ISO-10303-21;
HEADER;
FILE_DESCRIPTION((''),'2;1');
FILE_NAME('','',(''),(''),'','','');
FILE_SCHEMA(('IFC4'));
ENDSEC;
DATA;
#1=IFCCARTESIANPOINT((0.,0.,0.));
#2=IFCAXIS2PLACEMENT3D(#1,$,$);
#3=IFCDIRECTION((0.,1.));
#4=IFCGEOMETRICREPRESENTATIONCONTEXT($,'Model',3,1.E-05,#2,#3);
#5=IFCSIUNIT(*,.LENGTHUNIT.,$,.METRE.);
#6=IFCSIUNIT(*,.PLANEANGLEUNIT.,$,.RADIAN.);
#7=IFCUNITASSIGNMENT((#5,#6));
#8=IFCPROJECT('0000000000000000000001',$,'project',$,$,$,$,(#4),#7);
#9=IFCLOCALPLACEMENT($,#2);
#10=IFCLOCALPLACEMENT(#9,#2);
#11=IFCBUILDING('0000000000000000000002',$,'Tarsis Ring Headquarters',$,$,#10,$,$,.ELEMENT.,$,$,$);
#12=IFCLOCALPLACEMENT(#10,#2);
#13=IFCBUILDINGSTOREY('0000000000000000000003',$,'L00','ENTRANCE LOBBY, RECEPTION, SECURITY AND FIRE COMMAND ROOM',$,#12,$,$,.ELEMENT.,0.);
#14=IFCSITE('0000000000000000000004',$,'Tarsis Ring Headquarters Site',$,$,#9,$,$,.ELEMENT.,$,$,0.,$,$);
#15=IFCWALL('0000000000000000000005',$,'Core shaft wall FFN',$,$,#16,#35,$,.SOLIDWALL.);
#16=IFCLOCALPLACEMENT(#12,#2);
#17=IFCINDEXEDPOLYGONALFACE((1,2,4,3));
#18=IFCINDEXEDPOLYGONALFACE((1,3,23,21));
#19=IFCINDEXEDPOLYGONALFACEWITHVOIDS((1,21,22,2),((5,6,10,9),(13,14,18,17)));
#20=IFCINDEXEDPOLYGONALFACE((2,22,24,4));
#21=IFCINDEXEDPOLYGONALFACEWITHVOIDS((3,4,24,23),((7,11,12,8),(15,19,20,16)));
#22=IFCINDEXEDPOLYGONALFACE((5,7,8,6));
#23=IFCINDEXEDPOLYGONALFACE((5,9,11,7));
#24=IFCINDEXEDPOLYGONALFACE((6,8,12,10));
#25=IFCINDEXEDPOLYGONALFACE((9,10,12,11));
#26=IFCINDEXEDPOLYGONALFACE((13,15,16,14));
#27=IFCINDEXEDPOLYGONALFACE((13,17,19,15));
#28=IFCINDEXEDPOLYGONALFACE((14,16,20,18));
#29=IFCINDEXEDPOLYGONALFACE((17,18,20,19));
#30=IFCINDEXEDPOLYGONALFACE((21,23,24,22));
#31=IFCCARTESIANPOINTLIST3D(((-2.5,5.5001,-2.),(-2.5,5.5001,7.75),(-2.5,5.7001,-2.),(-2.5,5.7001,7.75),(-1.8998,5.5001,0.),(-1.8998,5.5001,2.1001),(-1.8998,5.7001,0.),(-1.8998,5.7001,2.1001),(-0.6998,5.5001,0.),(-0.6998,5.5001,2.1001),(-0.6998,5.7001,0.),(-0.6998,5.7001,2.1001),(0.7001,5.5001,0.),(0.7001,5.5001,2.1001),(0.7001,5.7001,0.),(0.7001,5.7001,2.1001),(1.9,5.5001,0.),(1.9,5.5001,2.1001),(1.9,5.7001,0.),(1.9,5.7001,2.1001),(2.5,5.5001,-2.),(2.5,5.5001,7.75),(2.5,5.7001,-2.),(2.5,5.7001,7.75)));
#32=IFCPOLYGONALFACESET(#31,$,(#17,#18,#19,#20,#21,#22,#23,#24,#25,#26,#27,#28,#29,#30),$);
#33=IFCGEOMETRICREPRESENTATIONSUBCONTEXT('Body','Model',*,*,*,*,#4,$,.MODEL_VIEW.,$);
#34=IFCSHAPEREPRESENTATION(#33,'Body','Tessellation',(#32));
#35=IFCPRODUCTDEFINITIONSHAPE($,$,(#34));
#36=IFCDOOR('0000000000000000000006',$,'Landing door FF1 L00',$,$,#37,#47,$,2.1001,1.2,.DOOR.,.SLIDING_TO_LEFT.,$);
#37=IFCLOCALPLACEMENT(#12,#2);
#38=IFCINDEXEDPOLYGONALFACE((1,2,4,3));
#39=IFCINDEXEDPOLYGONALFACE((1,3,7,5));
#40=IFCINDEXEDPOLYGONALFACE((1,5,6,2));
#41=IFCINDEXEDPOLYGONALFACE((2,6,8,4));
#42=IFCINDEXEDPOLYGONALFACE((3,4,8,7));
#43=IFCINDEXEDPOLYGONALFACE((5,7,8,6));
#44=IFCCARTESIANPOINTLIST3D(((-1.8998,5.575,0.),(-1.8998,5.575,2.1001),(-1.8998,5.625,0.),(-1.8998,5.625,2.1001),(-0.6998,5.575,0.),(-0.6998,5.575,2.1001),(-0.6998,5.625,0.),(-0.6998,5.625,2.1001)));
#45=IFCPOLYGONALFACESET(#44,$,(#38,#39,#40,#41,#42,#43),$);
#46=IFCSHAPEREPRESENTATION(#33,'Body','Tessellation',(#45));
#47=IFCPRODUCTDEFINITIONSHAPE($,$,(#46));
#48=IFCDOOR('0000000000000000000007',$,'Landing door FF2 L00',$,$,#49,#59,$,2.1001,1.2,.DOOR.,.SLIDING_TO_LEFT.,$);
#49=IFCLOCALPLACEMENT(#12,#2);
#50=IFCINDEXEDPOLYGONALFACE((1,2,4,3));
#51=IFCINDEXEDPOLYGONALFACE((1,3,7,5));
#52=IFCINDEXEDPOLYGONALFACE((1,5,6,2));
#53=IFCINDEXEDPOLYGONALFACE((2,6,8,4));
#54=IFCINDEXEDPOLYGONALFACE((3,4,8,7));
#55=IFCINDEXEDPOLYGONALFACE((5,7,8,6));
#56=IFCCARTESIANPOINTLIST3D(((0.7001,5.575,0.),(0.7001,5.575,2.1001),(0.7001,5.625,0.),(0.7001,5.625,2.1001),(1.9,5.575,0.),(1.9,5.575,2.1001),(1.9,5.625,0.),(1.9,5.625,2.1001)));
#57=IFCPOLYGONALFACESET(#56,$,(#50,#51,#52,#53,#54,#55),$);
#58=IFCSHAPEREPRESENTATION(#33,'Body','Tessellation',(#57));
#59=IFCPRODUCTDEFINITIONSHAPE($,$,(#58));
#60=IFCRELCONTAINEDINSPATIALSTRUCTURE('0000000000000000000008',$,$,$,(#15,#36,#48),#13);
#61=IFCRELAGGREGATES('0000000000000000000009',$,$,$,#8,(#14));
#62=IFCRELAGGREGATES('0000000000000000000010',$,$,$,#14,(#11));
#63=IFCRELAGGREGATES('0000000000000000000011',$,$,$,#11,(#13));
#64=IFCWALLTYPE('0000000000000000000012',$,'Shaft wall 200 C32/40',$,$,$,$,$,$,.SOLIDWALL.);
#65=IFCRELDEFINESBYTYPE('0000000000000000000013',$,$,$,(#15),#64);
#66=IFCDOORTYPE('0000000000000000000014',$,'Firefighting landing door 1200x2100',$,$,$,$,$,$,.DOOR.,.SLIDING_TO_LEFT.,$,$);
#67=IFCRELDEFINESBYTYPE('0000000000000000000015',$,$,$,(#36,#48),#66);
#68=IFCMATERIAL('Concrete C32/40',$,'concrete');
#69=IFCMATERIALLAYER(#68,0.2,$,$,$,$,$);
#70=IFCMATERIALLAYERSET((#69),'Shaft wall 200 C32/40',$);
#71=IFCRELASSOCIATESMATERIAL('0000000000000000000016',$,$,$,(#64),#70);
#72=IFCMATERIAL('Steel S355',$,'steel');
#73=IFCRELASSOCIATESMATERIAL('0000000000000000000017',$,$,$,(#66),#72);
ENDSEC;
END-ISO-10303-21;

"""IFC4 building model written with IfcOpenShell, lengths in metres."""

from ifc_helpers import new_model, si_unit, direction, frame, frame_2d, origin, place, context, subcontext, project, spatial, rectangle, extrude, material, layer, layer_set, type_object, element, fill, save


model = new_model("IFC4")

# Units and contexts
model_context = context("Model", 3, precision=1e-05, world=origin(), true_north=direction((0.0, 1.0)))
body_context = subcontext(model_context, "Body", "Model", "MODEL_VIEW")
ifc_project = project(units=[si_unit("LENGTHUNIT", "METRE"), si_unit("PLANEANGLEUNIT", "RADIAN")], contexts=[model_context])

# Site, building, storey
site_placement = place(None, origin())
site = spatial("IfcSite", under=ifc_project, at=site_placement, Name="Tarsis Ring Headquarters Site", CompositionType="ELEMENT", RefElevation=0.0)
building_placement = place(site_placement, origin())
building = spatial("IfcBuilding", under=site, at=building_placement, Name="Tarsis Ring Headquarters", CompositionType="ELEMENT")
storey_placement = place(building_placement, origin())
storey = spatial("IfcBuildingStorey", under=building, at=storey_placement, Name="L00", Description="ENTRANCE LOBBY, RECEPTION, SECURITY AND FIRE COMMAND ROOM", CompositionType="ELEMENT", Elevation=0.0)

# Shared definitions
ifc_material_1 = material(Name="Concrete C32/40", Category="concrete")
ifc_layer_1 = layer(ifc_material_1, 0.2)
ifc_layer_set_1 = layer_set([ifc_layer_1], Name="Shaft wall 200 C32/40")
wall_type = type_object("IfcWallType", Name="Shaft wall 200 C32/40", PredefinedType="SOLIDWALL", material=ifc_layer_set_1)
ifc_material_2 = material(Name="Steel S355", Category="steel")

# Wall, openings, doors
wall_1_placement = place(storey_placement, frame((-2.5, 5.6001, -2.0), z_axis=(0.0, 0.0, 1.0), x_axis=(1.0, 0.0, 0.0)))
wall_1 = element("IfcWall", 1, at=wall_1_placement, inside=storey, type_object=wall_type, Name="Core shaft wall FFN", PredefinedType="SOLIDWALL", context=body_context, shape_type="SweptSolid", body=[
    extrude(rectangle(XDim=5.0, YDim=0.2, at=frame_2d((2.5, 0.0))), origin(), (0.0, 0.0, 1.0), 9.75),
])
opening_1_placement = place(wall_1_placement, frame((0.6001, 0.0, 2.0)))
opening_1 = element("IfcOpeningElement", 2, at=opening_1_placement, cuts=wall_1, PredefinedType="OPENING", context=body_context, shape_type="SweptSolid", body=[
    extrude(rectangle(XDim=1.2, YDim=2.1001, at=frame_2d((0.6001, 1.05))), frame((0.0, 0.1099, 0.0), z_axis=(0.0, -1.0, 0.0), x_axis=(1.0, 0.0, 0.0)), (0.0, 0.0, 1.0), 0.22),
])
opening_2_placement = place(wall_1_placement, frame((3.2, 0.0, 2.0)))
opening_2 = element("IfcOpeningElement", 3, at=opening_2_placement, cuts=wall_1, PredefinedType="OPENING", context=body_context, shape_type="SweptSolid", body=[
    extrude(rectangle(XDim=1.2, YDim=2.1001, at=frame_2d((0.6001, 1.05))), frame((0.0, 0.1099, 0.0), z_axis=(0.0, -1.0, 0.0), x_axis=(1.0, 0.0, 0.0)), (0.0, 0.0, 1.0), 0.22),
])
door_type_1 = type_object("IfcDoorType", Name="Firefighting landing door 1200x2100", OperationType="SLIDING_TO_LEFT", PredefinedType="DOOR", material=ifc_material_2)
door_1_placement = place(opening_1_placement, origin())
door_1 = element("IfcDoor", 4, at=door_1_placement, inside=storey, type_object=door_type_1, Name="Landing door FF1 L00", OperationType="SLIDING_TO_LEFT", OverallHeight=2.1001, OverallWidth=1.2, PredefinedType="DOOR", context=body_context, shape_type="SweptSolid", body=[
    extrude(rectangle(XDim=1.2, YDim=2.1001, at=frame_2d((0.6001, 1.05))), frame((0.0, 0.0249, 0.0), z_axis=(0.0, -1.0, 0.0), x_axis=(1.0, 0.0, 0.0)), (0.0, 0.0, 1.0), 0.05),
])
fill(opening_1, door_1)
door_2_placement = place(opening_2_placement, origin())
door_2 = element("IfcDoor", 5, at=door_2_placement, inside=storey, type_object=door_type_1, Name="Landing door FF2 L00", OperationType="SLIDING_TO_LEFT", OverallHeight=2.1001, OverallWidth=1.2, PredefinedType="DOOR", context=body_context, shape_type="SweptSolid", body=[
    extrude(rectangle(XDim=1.2, YDim=2.1001, at=frame_2d((0.6001, 1.05))), frame((0.0, 0.0249, 0.0), z_axis=(0.0, -1.0, 0.0), x_axis=(1.0, 0.0, 0.0)), (0.0, 0.0, 1.0), 0.05),
])
fill(opening_2, door_2)

save(model, "model.ifc")
